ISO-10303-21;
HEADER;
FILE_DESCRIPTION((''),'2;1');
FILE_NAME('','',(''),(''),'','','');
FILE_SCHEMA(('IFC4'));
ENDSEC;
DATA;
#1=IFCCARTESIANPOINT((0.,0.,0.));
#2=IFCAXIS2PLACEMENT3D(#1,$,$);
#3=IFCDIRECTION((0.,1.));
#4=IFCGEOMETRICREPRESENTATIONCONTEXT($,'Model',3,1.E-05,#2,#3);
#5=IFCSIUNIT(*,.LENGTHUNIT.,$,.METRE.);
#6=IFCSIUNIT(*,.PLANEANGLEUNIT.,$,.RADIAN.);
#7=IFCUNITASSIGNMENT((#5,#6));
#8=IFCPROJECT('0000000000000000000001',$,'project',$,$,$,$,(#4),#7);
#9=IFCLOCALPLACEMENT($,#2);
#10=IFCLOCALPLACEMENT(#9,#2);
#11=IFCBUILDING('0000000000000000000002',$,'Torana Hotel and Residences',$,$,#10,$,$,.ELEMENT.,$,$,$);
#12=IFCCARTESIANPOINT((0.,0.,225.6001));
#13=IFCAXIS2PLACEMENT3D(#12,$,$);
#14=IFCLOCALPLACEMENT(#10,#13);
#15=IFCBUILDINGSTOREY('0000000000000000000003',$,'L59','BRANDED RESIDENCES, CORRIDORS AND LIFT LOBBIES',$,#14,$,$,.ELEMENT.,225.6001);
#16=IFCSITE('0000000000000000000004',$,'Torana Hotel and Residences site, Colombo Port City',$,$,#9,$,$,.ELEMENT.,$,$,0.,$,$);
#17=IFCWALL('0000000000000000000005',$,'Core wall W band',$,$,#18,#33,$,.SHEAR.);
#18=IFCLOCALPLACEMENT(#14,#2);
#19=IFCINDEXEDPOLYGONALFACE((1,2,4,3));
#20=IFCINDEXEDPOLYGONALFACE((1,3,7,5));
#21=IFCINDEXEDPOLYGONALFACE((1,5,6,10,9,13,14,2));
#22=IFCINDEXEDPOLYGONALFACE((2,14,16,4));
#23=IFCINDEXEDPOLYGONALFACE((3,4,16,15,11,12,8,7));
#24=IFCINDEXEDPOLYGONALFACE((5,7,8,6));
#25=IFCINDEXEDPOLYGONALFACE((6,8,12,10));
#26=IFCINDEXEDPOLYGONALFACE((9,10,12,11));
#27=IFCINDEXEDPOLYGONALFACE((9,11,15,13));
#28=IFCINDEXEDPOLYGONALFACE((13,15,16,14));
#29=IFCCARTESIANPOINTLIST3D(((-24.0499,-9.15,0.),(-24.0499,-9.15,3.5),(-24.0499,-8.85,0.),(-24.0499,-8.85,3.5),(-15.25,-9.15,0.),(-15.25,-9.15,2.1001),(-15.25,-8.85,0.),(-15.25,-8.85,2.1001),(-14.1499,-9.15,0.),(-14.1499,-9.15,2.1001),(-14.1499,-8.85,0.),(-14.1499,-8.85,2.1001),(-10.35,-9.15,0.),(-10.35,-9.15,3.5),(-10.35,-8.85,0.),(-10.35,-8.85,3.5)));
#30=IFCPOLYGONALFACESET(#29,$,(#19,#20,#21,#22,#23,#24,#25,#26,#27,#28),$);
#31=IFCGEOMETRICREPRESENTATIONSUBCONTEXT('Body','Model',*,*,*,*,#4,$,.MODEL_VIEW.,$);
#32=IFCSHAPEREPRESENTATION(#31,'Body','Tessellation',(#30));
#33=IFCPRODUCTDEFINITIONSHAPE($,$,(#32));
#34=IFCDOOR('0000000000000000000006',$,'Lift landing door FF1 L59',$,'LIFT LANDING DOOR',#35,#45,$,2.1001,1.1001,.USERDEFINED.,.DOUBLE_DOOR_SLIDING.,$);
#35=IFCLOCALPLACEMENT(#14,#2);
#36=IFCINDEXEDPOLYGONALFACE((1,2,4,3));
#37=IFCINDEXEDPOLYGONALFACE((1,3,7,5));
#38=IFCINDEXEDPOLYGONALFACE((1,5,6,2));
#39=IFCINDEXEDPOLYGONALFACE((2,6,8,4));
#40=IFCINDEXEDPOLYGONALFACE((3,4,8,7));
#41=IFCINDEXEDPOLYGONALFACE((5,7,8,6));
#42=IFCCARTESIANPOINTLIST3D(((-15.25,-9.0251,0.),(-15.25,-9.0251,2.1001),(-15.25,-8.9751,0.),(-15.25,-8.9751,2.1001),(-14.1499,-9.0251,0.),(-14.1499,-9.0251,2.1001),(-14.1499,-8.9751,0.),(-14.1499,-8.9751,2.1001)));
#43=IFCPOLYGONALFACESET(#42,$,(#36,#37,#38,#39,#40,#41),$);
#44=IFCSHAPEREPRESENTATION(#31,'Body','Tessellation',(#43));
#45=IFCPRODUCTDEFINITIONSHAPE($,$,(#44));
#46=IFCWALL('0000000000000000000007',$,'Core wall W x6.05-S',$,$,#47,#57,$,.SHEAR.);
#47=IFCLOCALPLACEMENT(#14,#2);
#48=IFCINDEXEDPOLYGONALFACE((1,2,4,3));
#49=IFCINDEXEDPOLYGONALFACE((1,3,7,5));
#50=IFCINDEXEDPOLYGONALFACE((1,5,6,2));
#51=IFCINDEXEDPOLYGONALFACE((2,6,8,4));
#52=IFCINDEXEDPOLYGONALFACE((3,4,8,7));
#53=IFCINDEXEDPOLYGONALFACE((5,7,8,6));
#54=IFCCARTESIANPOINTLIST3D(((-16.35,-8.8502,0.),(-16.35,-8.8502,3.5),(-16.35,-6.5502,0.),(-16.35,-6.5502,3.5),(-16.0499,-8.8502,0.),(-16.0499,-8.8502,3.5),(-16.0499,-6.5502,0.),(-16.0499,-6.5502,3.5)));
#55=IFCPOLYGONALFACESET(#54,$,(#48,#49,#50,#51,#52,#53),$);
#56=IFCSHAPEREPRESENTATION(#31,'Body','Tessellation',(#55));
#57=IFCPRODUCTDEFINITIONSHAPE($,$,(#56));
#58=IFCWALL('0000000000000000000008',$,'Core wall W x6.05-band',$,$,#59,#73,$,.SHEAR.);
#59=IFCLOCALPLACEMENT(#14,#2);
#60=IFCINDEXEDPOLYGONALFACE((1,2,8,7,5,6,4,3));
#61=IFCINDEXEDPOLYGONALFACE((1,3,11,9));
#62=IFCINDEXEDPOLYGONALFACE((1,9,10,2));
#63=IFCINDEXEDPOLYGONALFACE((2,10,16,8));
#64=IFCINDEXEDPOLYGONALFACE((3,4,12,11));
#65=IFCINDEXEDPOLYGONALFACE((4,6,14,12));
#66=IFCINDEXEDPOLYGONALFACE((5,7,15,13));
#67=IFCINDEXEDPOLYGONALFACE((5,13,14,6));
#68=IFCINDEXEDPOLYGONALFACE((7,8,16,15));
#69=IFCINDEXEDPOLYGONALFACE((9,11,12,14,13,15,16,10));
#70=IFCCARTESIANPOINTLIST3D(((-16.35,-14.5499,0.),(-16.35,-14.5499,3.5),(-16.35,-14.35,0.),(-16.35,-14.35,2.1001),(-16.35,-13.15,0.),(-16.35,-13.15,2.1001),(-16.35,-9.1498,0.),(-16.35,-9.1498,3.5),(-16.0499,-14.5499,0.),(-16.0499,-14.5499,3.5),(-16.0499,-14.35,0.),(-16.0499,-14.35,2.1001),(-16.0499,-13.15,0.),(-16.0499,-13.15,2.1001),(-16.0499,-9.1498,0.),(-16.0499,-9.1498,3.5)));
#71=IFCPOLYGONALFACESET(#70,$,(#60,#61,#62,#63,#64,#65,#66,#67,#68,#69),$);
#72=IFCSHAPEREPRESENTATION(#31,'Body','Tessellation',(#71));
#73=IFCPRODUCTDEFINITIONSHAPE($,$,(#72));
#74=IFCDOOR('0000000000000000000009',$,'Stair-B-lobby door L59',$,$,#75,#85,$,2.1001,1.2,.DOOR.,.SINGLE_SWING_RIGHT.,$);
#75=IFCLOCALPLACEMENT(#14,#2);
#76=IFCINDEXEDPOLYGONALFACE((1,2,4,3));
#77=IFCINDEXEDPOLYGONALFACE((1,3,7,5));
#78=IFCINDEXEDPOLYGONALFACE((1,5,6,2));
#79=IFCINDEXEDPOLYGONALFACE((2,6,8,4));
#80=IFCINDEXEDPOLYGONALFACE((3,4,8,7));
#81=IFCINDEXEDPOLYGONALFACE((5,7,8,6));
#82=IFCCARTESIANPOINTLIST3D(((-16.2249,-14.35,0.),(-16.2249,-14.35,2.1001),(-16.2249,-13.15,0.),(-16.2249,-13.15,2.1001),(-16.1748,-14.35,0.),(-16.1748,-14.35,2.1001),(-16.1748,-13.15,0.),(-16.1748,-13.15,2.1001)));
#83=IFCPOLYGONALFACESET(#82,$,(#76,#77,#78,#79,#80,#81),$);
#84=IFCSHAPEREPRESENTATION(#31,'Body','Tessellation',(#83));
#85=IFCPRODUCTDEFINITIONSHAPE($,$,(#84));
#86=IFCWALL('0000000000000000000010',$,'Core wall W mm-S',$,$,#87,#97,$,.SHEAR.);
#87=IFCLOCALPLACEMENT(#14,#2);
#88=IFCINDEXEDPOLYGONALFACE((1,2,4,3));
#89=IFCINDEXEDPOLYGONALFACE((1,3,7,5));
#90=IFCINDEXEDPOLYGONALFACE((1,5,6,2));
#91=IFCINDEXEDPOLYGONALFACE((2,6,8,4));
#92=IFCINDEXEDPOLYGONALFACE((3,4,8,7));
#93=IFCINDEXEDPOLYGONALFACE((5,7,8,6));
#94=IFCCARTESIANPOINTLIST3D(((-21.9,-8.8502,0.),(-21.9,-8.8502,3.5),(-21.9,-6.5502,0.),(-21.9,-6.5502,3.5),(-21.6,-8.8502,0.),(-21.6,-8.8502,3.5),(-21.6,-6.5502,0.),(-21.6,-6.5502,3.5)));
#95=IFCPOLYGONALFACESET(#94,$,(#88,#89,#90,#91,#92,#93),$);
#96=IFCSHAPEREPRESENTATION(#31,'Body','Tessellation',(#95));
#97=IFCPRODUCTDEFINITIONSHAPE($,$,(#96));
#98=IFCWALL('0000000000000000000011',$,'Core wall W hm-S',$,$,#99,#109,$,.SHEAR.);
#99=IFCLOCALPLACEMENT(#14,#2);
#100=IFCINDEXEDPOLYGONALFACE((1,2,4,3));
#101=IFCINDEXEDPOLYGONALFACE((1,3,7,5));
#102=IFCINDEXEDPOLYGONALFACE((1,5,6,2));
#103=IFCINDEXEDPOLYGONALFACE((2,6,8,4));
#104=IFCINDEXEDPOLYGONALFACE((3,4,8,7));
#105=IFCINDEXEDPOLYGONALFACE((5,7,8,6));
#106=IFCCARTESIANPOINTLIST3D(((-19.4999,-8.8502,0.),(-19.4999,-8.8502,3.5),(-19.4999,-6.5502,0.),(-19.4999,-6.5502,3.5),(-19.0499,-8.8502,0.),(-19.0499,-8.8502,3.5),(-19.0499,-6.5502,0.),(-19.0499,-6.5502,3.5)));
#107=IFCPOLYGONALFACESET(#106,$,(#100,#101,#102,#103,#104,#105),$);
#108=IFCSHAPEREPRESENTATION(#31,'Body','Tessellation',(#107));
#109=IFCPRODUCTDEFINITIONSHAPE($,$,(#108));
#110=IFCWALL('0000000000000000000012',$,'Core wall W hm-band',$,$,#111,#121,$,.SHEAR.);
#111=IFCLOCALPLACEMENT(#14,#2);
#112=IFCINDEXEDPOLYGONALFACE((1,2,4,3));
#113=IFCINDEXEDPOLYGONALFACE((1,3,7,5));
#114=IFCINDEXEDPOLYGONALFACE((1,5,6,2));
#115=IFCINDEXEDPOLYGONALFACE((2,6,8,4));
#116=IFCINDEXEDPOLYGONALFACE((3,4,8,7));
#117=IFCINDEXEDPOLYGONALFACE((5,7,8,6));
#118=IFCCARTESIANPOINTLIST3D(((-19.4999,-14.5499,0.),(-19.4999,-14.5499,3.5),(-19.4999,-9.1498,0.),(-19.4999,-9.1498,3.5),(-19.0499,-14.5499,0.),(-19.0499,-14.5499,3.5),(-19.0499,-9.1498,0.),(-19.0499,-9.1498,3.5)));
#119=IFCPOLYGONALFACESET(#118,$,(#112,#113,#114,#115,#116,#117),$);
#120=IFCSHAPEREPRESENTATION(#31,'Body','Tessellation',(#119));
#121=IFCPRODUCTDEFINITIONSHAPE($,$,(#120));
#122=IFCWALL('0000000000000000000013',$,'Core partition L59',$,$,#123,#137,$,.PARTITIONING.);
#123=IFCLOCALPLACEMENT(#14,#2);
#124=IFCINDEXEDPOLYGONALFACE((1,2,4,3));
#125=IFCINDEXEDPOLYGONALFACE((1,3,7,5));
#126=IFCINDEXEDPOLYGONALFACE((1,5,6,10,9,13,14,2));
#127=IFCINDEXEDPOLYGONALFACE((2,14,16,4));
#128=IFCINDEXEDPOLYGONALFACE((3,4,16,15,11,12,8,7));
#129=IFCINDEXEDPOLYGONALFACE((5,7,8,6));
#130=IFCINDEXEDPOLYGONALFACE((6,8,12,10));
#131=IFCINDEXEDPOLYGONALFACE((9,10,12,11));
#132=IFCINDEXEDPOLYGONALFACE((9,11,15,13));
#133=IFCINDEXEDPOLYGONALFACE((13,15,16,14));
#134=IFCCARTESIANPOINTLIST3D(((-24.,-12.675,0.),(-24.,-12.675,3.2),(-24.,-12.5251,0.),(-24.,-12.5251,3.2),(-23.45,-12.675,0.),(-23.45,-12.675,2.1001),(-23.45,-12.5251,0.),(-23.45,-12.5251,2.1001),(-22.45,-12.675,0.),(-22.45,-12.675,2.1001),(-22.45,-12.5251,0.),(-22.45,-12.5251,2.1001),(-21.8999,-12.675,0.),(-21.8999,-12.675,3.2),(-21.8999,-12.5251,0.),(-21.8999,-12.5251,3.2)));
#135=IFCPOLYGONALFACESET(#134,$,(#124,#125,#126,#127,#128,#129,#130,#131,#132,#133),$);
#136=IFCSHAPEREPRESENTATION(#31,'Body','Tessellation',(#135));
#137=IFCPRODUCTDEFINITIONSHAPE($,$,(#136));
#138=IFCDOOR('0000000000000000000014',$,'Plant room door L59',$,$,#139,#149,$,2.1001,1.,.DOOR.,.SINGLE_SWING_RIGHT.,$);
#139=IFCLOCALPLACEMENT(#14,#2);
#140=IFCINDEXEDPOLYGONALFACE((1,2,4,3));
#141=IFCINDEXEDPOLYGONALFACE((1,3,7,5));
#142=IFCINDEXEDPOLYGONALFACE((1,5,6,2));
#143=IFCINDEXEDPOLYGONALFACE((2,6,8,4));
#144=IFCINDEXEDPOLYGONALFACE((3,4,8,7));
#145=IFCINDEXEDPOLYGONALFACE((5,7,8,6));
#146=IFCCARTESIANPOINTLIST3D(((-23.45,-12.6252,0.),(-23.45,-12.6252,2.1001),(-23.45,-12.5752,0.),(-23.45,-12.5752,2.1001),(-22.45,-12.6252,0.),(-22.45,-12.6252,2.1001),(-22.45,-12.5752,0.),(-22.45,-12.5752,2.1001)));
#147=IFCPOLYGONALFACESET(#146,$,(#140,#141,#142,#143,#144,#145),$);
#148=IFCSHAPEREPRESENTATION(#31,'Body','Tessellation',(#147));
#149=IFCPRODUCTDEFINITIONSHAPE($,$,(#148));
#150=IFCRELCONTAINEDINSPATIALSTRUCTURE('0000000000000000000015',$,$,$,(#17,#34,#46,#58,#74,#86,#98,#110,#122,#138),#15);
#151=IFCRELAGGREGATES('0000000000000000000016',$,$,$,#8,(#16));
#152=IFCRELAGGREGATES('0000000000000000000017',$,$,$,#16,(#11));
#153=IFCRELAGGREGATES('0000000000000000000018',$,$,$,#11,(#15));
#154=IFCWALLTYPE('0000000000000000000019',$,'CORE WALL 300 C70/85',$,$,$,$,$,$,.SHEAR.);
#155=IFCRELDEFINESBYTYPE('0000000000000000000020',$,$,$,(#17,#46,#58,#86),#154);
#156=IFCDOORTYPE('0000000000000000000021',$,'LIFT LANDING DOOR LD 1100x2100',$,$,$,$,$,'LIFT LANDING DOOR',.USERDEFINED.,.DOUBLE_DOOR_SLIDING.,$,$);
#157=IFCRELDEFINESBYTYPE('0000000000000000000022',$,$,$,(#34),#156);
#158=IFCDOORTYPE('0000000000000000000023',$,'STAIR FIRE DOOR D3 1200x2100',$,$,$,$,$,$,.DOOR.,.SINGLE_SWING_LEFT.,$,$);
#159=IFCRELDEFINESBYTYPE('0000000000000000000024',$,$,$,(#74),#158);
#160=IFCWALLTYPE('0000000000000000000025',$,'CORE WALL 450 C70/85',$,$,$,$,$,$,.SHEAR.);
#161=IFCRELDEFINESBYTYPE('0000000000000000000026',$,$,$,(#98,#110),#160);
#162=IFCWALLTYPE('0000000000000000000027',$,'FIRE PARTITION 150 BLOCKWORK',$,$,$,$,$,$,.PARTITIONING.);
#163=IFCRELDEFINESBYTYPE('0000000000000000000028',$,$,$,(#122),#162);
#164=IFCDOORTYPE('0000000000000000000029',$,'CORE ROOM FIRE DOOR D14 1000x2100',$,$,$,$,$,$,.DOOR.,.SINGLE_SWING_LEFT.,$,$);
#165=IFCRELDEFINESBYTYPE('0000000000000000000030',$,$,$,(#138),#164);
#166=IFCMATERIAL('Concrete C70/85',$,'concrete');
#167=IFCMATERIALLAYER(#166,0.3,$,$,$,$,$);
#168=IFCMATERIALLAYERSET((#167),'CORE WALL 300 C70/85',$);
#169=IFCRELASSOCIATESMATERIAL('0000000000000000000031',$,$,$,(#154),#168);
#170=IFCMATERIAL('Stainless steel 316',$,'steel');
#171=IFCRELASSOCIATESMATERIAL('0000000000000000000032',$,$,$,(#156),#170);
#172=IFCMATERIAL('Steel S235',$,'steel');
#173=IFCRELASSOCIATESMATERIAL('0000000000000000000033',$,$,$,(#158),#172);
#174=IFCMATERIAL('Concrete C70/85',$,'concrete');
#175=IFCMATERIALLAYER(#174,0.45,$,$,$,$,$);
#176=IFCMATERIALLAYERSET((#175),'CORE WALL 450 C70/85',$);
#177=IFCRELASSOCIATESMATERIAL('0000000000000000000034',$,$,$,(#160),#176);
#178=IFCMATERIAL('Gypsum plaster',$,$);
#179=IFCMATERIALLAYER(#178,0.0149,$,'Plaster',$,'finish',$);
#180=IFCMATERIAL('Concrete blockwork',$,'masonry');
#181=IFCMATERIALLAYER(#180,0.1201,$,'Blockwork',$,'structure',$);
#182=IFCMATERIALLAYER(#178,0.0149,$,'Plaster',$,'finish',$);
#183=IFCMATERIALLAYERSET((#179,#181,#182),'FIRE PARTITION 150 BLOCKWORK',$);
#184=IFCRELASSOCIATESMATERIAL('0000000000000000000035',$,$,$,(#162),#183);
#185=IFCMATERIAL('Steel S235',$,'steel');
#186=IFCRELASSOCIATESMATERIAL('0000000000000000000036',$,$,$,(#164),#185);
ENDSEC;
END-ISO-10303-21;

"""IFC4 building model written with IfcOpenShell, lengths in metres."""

from ifc_helpers import new_model, si_unit, direction, frame, frame_2d, origin, place, context, subcontext, project, spatial, rectangle, extrude, material, layer, layer_set, type_object, element, fill, save


model = new_model("IFC4")

# Units and contexts
model_context = context("Model", 3, precision=1e-05, world=origin(), true_north=direction((0.0, 1.0)))
body_context = subcontext(model_context, "Body", "Model", "MODEL_VIEW")
ifc_project = project(units=[si_unit("LENGTHUNIT", "METRE"), si_unit("PLANEANGLEUNIT", "RADIAN")], contexts=[model_context])

# Site, building, storey
site_placement = place(None, origin())
site = spatial("IfcSite", under=ifc_project, at=site_placement, Name="Torana Hotel and Residences site, Colombo Port City", CompositionType="ELEMENT", RefElevation=0.0)
building_placement = place(site_placement, origin())
building = spatial("IfcBuilding", under=site, at=building_placement, Name="Torana Hotel and Residences", CompositionType="ELEMENT")
storey_placement = place(building_placement, frame((0.0, 0.0, 225.6001)))
storey = spatial("IfcBuildingStorey", under=building, at=storey_placement, Name="L59", Description="BRANDED RESIDENCES, CORRIDORS AND LIFT LOBBIES", CompositionType="ELEMENT", Elevation=225.6001)

# Wall, opening, door
ifc_material_1 = material(Name="Concrete C70/85", Category="concrete")
ifc_layer_1 = layer(ifc_material_1, 0.3)
ifc_layer_set_1 = layer_set([ifc_layer_1], Name="CORE WALL 300 C70/85")
wall_type_1 = type_object("IfcWallType", Name="CORE WALL 300 C70/85", PredefinedType="SHEAR", material=ifc_layer_set_1)
wall_1_placement = place(storey_placement, frame((-24.05, -9.0, 0.0), z_axis=(0.0, 0.0, 1.0), x_axis=(1.0, 0.0, 0.0)))
wall_1 = element("IfcWall", 1, at=wall_1_placement, inside=storey, type_object=wall_type_1, Name="Core wall W band", PredefinedType="SHEAR", context=body_context, shape_type="SweptSolid", body=[
    extrude(rectangle(XDim=13.7, YDim=0.3, at=frame_2d((6.8501, 0.0))), origin(), (0.0, 0.0, 1.0), 3.5),
])
opening_1_placement = place(wall_1_placement, frame((8.8, 0.0, 0.0)))
opening_1 = element("IfcOpeningElement", 2, at=opening_1_placement, cuts=wall_1, PredefinedType="OPENING", context=body_context, shape_type="SweptSolid", body=[
    extrude(rectangle(XDim=1.1001, YDim=2.1001, at=frame_2d((0.55, 1.05))), frame((0.0, 0.1599, 0.0), z_axis=(0.0, -1.0, 0.0), x_axis=(1.0, 0.0, 0.0)), (0.0, 0.0, 1.0), 0.3201),
])
ifc_material_2 = material(Name="Stainless steel 316", Category="steel")
door_type_1 = type_object("IfcDoorType", Name="LIFT LANDING DOOR LD 1100x2100", ElementType="LIFT LANDING DOOR", OperationType="DOUBLE_DOOR_SLIDING", PredefinedType="USERDEFINED", material=ifc_material_2)
door_1_placement = place(opening_1_placement, origin())
door_1 = element("IfcDoor", 3, at=door_1_placement, inside=storey, type_object=door_type_1, Name="Lift landing door FF1 L59", ObjectType="LIFT LANDING DOOR", OperationType="DOUBLE_DOOR_SLIDING", OverallHeight=2.1001, OverallWidth=1.1001, PredefinedType="USERDEFINED", context=body_context, shape_type="SweptSolid", body=[
    extrude(rectangle(XDim=1.1001, YDim=2.1001, at=frame_2d((0.55, 1.05))), frame((0.0, 0.0249, 0.0), z_axis=(0.0, -1.0, 0.0), x_axis=(1.0, 0.0, 0.0)), (0.0, 0.0, 1.0), 0.05),
])
fill(opening_1, door_1)

# Wall
wall_2_placement = place(storey_placement, frame((-16.2, -8.8501, 0.0), z_axis=(0.0, 0.0, 1.0), x_axis=(0.0, 1.0, 0.0)))
element("IfcWall", 4, at=wall_2_placement, inside=storey, type_object=wall_type_1, Name="Core wall W x6.05-S", PredefinedType="SHEAR", context=body_context, shape_type="SweptSolid", body=[
    extrude(rectangle(XDim=2.3, YDim=0.3, at=frame_2d((1.1499, 0.0))), origin(), (0.0, 0.0, 1.0), 3.5),
])

# Wall, opening, door
wall_3_placement = place(storey_placement, frame((-16.2, -14.55, 0.0), z_axis=(0.0, 0.0, 1.0), x_axis=(0.0, 1.0, 0.0)))
wall_3 = element("IfcWall", 5, at=wall_3_placement, inside=storey, type_object=wall_type_1, Name="Core wall W x6.05-band", PredefinedType="SHEAR", context=body_context, shape_type="SweptSolid", body=[
    extrude(rectangle(XDim=5.4001, YDim=0.3, at=frame_2d((2.7002, 0.0))), origin(), (0.0, 0.0, 1.0), 3.5),
])
opening_2_placement = place(wall_3_placement, frame((0.2, 0.0, 0.0)))
opening_2 = element("IfcOpeningElement", 6, at=opening_2_placement, cuts=wall_3, PredefinedType="OPENING", context=body_context, shape_type="SweptSolid", body=[
    extrude(rectangle(XDim=1.2, YDim=2.1001, at=frame_2d((0.6001, 1.05))), frame((0.0, 0.1599, 0.0), z_axis=(0.0, -1.0, 0.0), x_axis=(1.0, 0.0, 0.0)), (0.0, 0.0, 1.0), 0.3201),
])
ifc_material_3 = material(Name="Steel S235", Category="steel")
door_type_2 = type_object("IfcDoorType", Name="STAIR FIRE DOOR D3 1200x2100", OperationType="SINGLE_SWING_LEFT", PredefinedType="DOOR", material=ifc_material_3)
door_2_placement = place(opening_2_placement, origin())
door_2 = element("IfcDoor", 7, at=door_2_placement, inside=storey, type_object=door_type_2, Name="Stair-B-lobby door L59", OperationType="SINGLE_SWING_RIGHT", OverallHeight=2.1001, OverallWidth=1.2, PredefinedType="DOOR", context=body_context, shape_type="SweptSolid", body=[
    extrude(rectangle(XDim=1.2, YDim=2.1001, at=frame_2d((0.6001, 1.05))), frame((0.0, 0.0249, 0.0), z_axis=(0.0, -1.0, 0.0), x_axis=(1.0, 0.0, 0.0)), (0.0, 0.0, 1.0), 0.05),
])
fill(opening_2, door_2)

# Walls
wall_4_placement = place(storey_placement, frame((-21.75, -8.8501, 0.0), z_axis=(0.0, 0.0, 1.0), x_axis=(0.0, 1.0, 0.0)))
element("IfcWall", 8, at=wall_4_placement, inside=storey, type_object=wall_type_1, Name="Core wall W mm-S", PredefinedType="SHEAR", context=body_context, shape_type="SweptSolid", body=[
    extrude(rectangle(XDim=2.3, YDim=0.3, at=frame_2d((1.1499, 0.0))), origin(), (0.0, 0.0, 1.0), 3.5),
])
ifc_material_4 = material(Name="Concrete C70/85", Category="concrete")
ifc_layer_2 = layer(ifc_material_4, 0.45)
ifc_layer_set_2 = layer_set([ifc_layer_2], Name="CORE WALL 450 C70/85")
wall_type_2 = type_object("IfcWallType", Name="CORE WALL 450 C70/85", PredefinedType="SHEAR", material=ifc_layer_set_2)
wall_5_placement = place(storey_placement, frame((-19.2749, -8.8501, 0.0), z_axis=(0.0, 0.0, 1.0), x_axis=(0.0, 1.0, 0.0)))
element("IfcWall", 9, at=wall_5_placement, inside=storey, type_object=wall_type_2, Name="Core wall W hm-S", PredefinedType="SHEAR", context=body_context, shape_type="SweptSolid", body=[
    extrude(rectangle(XDim=2.3, YDim=0.45, at=frame_2d((1.1499, 0.0))), origin(), (0.0, 0.0, 1.0), 3.5),
])
wall_6_placement = place(storey_placement, frame((-19.2749, -14.55, 0.0), z_axis=(0.0, 0.0, 1.0), x_axis=(0.0, 1.0, 0.0)))
element("IfcWall", 10, at=wall_6_placement, inside=storey, type_object=wall_type_2, Name="Core wall W hm-band", PredefinedType="SHEAR", context=body_context, shape_type="SweptSolid", body=[
    extrude(rectangle(XDim=5.4001, YDim=0.45, at=frame_2d((2.7002, 0.0))), origin(), (0.0, 0.0, 1.0), 3.5),
])

# Wall, opening, door
ifc_material_5 = material(Name="Gypsum plaster")
ifc_layer_3 = layer(ifc_material_5, 0.0149, Name="Plaster", Category="finish")
ifc_material_6 = material(Name="Concrete blockwork", Category="masonry")
ifc_layer_4 = layer(ifc_material_6, 0.1201, Name="Blockwork", Category="structure")
ifc_layer_5 = layer(ifc_material_5, 0.0149, Name="Plaster", Category="finish")
ifc_layer_set_3 = layer_set([ifc_layer_3, ifc_layer_4, ifc_layer_5], Name="FIRE PARTITION 150 BLOCKWORK")
wall_type_3 = type_object("IfcWallType", Name="FIRE PARTITION 150 BLOCKWORK", PredefinedType="PARTITIONING", material=ifc_layer_set_3)
wall_7_placement = place(storey_placement, frame((-24.0, -12.6001, 0.0), z_axis=(0.0, 0.0, 1.0), x_axis=(1.0, 0.0, 0.0)))
wall_7 = element("IfcWall", 11, at=wall_7_placement, inside=storey, type_object=wall_type_3, Name="Core partition L59", PredefinedType="PARTITIONING", context=body_context, shape_type="SweptSolid", body=[
    extrude(rectangle(XDim=2.1001, YDim=0.1499, at=frame_2d((1.05, 0.0))), origin(), (0.0, 0.0, 1.0), 3.2),
])
opening_3_placement = place(wall_7_placement, frame((0.55, 0.0, 0.0)))
opening_3 = element("IfcOpeningElement", 12, at=opening_3_placement, cuts=wall_7, PredefinedType="OPENING", context=body_context, shape_type="SweptSolid", body=[
    extrude(rectangle(XDim=1.0, YDim=2.1001, at=frame_2d((0.5, 1.05))), frame((0.0, 0.085, 0.0), z_axis=(0.0, -1.0, 0.0), x_axis=(1.0, 0.0, 0.0)), (0.0, 0.0, 1.0), 0.1699),
])
ifc_material_7 = material(Name="Steel S235", Category="steel")
door_type_3 = type_object("IfcDoorType", Name="CORE ROOM FIRE DOOR D14 1000x2100", OperationType="SINGLE_SWING_LEFT", PredefinedType="DOOR", material=ifc_material_7)
door_3_placement = place(opening_3_placement, origin())
door_3 = element("IfcDoor", 13, at=door_3_placement, inside=storey, type_object=door_type_3, Name="Plant room door L59", OperationType="SINGLE_SWING_RIGHT", OverallHeight=2.1001, OverallWidth=1.0, PredefinedType="DOOR", context=body_context, shape_type="SweptSolid", body=[
    extrude(rectangle(XDim=1.0, YDim=2.1001, at=frame_2d((0.5, 1.05))), frame((0.0, 0.0249, 0.0), z_axis=(0.0, -1.0, 0.0), x_axis=(1.0, 0.0, 0.0)), (0.0, 0.0, 1.0), 0.05),
])
fill(opening_3, door_3)

save(model, "model.ifc")
